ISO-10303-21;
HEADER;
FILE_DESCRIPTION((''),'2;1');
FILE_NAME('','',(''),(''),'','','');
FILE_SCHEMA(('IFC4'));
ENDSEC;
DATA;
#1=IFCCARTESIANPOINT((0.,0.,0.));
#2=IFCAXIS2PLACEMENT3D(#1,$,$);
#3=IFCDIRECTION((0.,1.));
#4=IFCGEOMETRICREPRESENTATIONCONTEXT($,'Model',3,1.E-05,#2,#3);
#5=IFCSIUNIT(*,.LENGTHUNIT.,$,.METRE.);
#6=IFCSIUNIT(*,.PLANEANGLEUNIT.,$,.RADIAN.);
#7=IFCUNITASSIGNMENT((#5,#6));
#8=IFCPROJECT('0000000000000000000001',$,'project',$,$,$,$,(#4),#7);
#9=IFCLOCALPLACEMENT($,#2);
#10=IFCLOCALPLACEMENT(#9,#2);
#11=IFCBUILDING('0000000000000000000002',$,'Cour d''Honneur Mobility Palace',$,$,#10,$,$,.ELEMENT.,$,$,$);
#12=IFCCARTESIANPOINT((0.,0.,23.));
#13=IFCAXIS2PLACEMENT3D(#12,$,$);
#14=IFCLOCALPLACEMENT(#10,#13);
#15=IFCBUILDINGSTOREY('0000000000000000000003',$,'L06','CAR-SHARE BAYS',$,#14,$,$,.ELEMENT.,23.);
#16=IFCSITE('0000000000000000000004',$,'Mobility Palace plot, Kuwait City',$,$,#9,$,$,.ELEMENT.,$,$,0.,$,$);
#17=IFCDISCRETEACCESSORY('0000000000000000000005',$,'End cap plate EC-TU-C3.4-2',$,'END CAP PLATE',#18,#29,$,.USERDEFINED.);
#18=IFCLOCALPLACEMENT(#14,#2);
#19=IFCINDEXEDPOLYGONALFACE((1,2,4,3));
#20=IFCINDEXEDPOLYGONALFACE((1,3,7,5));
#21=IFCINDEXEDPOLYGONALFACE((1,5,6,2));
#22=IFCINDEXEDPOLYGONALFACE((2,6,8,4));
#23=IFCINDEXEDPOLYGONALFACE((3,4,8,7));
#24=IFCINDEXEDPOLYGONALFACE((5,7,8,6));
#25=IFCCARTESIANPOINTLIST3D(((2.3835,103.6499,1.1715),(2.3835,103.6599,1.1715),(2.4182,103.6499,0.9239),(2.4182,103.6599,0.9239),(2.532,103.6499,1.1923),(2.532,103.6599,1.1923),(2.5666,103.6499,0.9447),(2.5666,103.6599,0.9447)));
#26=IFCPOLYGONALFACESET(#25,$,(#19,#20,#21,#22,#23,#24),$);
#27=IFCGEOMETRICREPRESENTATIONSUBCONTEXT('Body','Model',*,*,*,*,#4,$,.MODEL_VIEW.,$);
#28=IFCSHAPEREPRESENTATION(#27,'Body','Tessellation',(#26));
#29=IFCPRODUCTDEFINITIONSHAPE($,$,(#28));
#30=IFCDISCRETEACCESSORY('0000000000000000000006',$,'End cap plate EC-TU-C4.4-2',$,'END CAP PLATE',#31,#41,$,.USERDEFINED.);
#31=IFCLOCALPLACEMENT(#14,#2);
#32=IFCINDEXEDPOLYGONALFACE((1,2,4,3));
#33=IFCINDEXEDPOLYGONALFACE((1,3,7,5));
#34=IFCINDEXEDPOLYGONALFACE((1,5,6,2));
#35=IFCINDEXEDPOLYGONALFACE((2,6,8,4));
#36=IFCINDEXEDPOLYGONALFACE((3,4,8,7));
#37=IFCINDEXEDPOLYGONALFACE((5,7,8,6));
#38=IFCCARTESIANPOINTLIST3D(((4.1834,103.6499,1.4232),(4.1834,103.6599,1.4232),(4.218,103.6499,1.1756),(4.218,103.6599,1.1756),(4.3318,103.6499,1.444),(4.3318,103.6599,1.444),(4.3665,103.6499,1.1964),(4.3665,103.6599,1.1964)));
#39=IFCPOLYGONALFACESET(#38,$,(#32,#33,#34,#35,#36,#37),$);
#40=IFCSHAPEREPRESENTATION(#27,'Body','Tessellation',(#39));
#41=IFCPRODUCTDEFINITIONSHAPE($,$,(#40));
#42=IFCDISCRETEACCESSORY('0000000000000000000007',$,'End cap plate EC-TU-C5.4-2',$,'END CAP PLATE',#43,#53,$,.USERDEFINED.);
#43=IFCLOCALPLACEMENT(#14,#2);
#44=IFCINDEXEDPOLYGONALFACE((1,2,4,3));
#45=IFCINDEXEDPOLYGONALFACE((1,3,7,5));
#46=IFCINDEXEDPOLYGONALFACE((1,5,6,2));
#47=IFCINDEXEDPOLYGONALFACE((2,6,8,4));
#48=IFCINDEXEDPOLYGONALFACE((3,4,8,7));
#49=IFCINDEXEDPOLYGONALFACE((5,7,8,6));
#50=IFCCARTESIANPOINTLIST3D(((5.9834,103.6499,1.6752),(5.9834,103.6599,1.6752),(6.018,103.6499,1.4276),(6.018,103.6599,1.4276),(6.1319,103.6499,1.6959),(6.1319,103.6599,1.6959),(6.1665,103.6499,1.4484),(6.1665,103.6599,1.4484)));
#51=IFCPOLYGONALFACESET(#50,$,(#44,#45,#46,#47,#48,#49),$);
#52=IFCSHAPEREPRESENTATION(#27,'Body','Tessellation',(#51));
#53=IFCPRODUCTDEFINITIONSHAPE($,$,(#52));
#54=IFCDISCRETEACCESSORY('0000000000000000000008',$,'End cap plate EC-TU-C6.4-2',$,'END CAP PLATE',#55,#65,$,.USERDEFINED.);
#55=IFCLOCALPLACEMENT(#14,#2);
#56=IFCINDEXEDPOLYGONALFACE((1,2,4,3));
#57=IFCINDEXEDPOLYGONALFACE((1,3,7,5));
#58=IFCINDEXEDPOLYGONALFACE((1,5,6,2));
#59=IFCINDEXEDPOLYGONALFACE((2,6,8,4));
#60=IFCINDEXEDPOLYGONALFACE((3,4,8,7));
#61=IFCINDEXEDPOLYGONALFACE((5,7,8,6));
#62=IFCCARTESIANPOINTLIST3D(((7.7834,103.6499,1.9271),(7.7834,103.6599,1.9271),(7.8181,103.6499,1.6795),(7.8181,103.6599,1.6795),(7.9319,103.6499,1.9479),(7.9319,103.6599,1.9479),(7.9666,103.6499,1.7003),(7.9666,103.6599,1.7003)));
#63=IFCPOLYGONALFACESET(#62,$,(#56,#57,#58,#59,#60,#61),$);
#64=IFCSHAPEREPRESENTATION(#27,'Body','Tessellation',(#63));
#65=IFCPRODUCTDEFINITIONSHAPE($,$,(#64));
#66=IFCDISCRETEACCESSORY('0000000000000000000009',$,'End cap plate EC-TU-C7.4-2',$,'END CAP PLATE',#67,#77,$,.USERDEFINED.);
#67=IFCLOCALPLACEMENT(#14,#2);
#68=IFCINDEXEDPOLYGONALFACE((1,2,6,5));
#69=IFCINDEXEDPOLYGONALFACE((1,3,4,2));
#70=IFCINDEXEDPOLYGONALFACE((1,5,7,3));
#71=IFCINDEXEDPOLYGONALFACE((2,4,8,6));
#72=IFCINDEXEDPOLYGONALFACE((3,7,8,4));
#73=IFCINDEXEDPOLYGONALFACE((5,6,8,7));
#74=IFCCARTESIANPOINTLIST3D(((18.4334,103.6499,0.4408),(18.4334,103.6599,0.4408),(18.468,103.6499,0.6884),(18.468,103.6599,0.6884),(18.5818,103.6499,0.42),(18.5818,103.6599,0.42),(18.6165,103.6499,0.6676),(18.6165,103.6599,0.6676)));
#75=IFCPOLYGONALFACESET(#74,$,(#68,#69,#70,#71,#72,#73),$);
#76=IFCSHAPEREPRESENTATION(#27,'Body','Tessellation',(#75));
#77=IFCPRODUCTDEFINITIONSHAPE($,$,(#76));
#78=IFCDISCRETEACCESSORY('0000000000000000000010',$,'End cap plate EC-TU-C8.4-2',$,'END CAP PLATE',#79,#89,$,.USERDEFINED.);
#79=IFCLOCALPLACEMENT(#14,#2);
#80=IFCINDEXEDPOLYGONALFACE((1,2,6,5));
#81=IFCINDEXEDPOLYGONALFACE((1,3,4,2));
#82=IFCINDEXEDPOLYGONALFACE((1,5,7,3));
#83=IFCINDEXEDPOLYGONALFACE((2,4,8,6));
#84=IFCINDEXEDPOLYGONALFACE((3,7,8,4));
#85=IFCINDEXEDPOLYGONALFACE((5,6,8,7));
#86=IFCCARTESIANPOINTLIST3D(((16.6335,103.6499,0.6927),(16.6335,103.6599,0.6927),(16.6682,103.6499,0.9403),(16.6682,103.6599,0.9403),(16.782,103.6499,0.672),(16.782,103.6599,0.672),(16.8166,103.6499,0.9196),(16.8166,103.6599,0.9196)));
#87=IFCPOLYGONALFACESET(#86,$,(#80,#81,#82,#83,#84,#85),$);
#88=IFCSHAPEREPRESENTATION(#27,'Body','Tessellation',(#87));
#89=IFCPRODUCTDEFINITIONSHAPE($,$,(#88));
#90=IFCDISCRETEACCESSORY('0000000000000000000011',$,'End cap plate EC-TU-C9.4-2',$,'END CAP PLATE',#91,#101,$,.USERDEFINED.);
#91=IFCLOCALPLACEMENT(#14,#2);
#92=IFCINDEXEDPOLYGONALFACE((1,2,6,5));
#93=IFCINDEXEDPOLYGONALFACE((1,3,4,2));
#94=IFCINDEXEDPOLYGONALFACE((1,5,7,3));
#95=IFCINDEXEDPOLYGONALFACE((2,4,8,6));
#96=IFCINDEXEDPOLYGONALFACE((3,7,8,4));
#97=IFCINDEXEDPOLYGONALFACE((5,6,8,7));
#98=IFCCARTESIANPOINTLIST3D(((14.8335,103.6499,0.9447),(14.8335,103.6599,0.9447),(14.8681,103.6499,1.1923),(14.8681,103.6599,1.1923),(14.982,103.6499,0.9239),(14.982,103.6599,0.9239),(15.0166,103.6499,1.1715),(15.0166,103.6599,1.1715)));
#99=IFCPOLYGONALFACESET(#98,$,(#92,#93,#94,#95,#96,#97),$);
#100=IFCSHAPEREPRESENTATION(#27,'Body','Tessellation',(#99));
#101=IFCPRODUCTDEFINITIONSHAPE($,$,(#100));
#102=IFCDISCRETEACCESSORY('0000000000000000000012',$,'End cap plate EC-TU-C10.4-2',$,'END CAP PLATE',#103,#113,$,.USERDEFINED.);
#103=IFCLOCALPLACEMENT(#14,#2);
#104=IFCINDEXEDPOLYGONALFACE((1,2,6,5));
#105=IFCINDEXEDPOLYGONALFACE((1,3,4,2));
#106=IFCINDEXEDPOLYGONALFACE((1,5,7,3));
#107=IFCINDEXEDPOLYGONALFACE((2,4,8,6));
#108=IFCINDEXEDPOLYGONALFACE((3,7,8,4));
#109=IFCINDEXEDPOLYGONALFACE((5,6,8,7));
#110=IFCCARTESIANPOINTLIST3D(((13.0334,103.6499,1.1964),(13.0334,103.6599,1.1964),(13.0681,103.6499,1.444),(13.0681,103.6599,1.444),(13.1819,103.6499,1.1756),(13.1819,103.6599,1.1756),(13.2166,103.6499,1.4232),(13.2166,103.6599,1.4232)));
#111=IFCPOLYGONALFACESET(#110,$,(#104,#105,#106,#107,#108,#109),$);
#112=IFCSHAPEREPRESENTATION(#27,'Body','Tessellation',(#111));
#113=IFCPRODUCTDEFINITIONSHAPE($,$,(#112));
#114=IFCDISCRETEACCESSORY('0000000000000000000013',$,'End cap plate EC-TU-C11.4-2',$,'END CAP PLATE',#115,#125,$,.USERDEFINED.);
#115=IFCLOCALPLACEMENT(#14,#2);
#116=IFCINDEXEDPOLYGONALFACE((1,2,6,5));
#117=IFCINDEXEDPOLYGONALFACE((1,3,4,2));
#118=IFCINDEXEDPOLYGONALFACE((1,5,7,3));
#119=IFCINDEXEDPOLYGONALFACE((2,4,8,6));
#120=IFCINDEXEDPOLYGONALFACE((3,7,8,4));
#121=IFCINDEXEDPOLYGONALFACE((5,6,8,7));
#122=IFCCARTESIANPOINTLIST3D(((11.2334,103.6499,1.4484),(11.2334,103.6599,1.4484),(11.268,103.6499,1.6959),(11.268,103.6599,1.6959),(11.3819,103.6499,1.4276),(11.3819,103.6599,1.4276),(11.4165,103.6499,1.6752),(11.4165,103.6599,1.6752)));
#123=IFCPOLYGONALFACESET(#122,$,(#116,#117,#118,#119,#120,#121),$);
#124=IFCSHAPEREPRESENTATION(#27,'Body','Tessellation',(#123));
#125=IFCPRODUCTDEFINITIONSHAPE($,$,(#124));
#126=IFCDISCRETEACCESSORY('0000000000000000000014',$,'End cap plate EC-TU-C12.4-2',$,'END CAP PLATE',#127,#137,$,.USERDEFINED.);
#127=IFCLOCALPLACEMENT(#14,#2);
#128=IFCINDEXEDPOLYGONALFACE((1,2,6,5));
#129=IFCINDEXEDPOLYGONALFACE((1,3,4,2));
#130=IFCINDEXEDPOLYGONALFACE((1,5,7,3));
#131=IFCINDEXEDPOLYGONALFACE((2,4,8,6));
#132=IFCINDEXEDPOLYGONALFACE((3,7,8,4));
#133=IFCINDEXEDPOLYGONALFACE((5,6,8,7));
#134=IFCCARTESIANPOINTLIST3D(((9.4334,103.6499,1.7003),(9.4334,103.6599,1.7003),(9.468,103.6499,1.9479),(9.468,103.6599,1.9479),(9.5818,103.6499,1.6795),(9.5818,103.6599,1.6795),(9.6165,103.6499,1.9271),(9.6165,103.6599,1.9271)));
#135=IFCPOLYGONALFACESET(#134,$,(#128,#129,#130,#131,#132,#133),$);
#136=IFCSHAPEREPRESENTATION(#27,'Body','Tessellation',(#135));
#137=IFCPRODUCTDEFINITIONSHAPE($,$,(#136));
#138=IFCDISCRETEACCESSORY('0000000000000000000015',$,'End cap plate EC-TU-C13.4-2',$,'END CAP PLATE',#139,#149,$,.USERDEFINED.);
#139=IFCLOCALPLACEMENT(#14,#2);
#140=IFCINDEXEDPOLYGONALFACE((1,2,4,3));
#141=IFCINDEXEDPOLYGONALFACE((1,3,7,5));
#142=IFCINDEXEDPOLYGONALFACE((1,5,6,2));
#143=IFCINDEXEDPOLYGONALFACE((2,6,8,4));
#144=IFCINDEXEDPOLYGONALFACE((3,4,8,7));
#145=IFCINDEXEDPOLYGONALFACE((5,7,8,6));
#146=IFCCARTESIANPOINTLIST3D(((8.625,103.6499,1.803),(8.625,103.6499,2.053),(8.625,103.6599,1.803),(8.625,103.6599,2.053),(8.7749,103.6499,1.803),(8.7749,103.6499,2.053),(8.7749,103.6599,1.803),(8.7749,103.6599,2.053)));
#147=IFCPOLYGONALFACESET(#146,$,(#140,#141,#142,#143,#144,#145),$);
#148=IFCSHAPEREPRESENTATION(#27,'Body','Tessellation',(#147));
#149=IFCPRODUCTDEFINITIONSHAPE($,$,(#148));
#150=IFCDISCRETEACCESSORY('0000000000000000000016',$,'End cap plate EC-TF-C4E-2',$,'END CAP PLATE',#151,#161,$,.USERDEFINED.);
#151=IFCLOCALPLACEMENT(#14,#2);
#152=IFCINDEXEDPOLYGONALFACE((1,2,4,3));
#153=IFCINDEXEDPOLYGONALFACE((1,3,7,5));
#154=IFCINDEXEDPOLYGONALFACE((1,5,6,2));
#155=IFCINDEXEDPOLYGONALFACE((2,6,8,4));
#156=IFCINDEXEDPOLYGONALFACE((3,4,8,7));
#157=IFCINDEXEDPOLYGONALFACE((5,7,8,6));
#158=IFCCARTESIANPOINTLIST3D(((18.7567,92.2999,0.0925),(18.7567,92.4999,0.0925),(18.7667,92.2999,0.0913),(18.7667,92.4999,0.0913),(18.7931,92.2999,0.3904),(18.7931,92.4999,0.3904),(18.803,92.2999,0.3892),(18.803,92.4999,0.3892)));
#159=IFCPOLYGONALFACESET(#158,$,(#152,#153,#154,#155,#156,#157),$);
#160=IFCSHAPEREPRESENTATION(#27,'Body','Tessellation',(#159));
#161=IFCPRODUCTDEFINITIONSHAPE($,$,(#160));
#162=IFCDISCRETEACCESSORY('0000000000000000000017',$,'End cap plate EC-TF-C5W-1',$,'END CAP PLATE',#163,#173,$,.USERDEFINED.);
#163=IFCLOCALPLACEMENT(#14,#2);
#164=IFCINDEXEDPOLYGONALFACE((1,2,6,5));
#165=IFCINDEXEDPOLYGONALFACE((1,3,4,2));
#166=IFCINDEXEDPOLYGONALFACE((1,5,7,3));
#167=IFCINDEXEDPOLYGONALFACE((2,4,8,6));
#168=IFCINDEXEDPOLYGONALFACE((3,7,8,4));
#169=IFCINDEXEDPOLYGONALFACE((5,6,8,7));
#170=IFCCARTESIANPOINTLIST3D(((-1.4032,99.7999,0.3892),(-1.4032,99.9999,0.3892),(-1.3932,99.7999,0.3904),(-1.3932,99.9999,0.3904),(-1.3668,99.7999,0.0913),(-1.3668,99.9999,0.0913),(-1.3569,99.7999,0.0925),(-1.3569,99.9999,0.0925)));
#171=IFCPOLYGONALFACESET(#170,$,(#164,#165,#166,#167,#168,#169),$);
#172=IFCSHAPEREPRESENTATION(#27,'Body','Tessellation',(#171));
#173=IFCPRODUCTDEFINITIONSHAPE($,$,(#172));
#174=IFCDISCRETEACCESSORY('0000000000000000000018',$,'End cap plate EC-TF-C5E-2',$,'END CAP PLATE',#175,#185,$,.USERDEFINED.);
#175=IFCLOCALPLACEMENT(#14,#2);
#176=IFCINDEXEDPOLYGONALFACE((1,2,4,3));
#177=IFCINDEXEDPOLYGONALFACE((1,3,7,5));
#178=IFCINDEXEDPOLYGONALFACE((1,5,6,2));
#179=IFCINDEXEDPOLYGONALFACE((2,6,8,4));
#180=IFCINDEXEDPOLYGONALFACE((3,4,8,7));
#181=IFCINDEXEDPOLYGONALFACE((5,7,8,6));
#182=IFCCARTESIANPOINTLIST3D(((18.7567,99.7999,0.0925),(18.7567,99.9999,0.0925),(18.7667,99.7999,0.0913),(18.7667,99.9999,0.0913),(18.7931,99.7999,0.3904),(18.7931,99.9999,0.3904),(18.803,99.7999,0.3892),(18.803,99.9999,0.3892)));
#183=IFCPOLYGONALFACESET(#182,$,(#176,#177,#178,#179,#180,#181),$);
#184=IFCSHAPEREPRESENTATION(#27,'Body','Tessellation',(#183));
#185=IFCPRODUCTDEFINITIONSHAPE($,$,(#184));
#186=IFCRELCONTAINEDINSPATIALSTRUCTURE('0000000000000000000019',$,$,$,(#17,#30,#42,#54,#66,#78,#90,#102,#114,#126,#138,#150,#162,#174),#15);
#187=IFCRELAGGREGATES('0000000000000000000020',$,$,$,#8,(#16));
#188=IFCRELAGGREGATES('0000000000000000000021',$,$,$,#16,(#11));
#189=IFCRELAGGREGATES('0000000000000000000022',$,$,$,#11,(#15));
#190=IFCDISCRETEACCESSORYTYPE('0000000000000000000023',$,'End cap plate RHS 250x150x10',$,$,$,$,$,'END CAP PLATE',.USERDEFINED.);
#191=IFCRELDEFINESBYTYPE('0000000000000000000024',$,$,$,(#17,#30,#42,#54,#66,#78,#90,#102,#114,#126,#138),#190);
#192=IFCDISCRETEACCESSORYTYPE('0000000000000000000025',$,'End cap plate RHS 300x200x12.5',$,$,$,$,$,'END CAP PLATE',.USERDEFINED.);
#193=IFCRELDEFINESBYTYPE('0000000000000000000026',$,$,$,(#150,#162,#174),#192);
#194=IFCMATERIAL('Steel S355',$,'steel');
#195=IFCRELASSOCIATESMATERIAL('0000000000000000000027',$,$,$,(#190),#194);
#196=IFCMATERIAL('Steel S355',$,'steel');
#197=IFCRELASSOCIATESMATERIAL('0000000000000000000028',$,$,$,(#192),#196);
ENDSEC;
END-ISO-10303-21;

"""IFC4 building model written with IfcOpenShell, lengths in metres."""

from ifc_helpers import new_model, si_unit, direction, frame, origin, origin_2d, place, context, subcontext, project, spatial, rectangle, extrude, material, material_profile, profile_set, type_object, element, save


model = new_model("IFC4")

# Units and contexts
model_context = context("Model", 3, precision=1e-05, world=origin(), true_north=direction((0.0, 1.0)))
body_context = subcontext(model_context, "Body", "Model", "MODEL_VIEW")
ifc_project = project(units=[si_unit("LENGTHUNIT", "METRE"), si_unit("PLANEANGLEUNIT", "RADIAN")], contexts=[model_context])

# Site, building, storey
site_placement = place(None, origin())
site = spatial("IfcSite", under=ifc_project, at=site_placement, Name="Mobility Palace plot, Kuwait City", CompositionType="ELEMENT", RefElevation=0.0)
building_placement = place(site_placement, origin())
building = spatial("IfcBuilding", under=site, at=building_placement, Name="Cour d'Honneur Mobility Palace", CompositionType="ELEMENT")
storey_placement = place(building_placement, frame((0.0, 0.0, 23.0)))
storey = spatial("IfcBuildingStorey", under=building, at=storey_placement, Name="L06", Description="CAR-SHARE BAYS", CompositionType="ELEMENT", Elevation=23.0)

# Discrete accessories
ifc_material_1 = material(Name="Steel S355", Category="steel")
ifc_material_profile_1 = material_profile(ifc_material_1, rectangle(XDim=0.1499, YDim=0.25, at=origin_2d()), Name="PL 250x150x10")
ifc_profile_set_1 = profile_set([ifc_material_profile_1], Name="Steel S355")
discrete_accessory_type_1 = type_object("IfcDiscreteAccessoryType", Name="End cap plate RHS 250x150x10", ElementType="END CAP PLATE", PredefinedType="USERDEFINED", material=ifc_profile_set_1)
for number, where, z_axis, x_axis, name in (
    (1, (2.4751, 103.6499, 1.0581), (0.0, 1.0, 0.0), (-0.99035, 0.0, -0.138591), "End cap plate EC-TU-C3.4-2"),
    (2, (4.2749, 103.6499, 1.3098), (0.0, 1.0, 0.0), (-0.99035, 0.0, -0.138591), "End cap plate EC-TU-C4.4-2"),
    (3, (6.075, 103.6499, 1.5618), (0.0, 1.0, 0.0), (-0.99035, 0.0, -0.138591), "End cap plate EC-TU-C5.4-2"),
    (4, (7.875, 103.6499, 1.8137), (0.0, 1.0, 0.0), (-0.99035, 0.0, -0.138591), "End cap plate EC-TU-C6.4-2"),
    (5, (18.5249, 103.6499, 0.5542), (0.0, 1.0, 0.0), (-0.99035, 0.0, 0.138591), "End cap plate EC-TU-C7.4-2"),
    (6, (16.7251, 103.6499, 0.8062), (0.0, 1.0, 0.0), (-0.99035, 0.0, 0.138591), "End cap plate EC-TU-C8.4-2"),
    (7, (14.925, 103.6499, 1.0581), (0.0, 1.0, 0.0), (-0.99035, 0.0, 0.138591), "End cap plate EC-TU-C9.4-2"),
    (8, (13.125, 103.6499, 1.3098), (0.0, 1.0, 0.0), (-0.99035, 0.0, 0.138591), "End cap plate EC-TU-C10.4-2"),
    (9, (11.325, 103.6499, 1.5618), (0.0, 1.0, 0.0), (-0.99035, 0.0, 0.138591), "End cap plate EC-TU-C11.4-2"),
    (10, (9.5249, 103.6499, 1.8137), (0.0, 1.0, 0.0), (-0.99035, 0.0, 0.138591), "End cap plate EC-TU-C12.4-2"),
    (11, (8.7, 103.6499, 1.928), (0.0, 1.0, 0.0), (-1.0, 0.0, 0.0), "End cap plate EC-TU-C13.4-2"),
):
    element("IfcDiscreteAccessory", number, at=place(storey_placement, frame(where, z_axis=z_axis, x_axis=x_axis)), inside=storey, type_object=discrete_accessory_type_1, Name=name, ObjectType="END CAP PLATE", PredefinedType="USERDEFINED", context=body_context, shape_type="SweptSolid", body=[
        extrude(rectangle(XDim=0.1499, YDim=0.25, at=origin_2d()), origin(), (0.0, 0.0, 1.0), 0.01),
    ])
ifc_material_2 = material(Name="Steel S355", Category="steel")
ifc_material_profile_2 = material_profile(ifc_material_2, rectangle(XDim=0.2, YDim=0.3, at=origin_2d()), Name="PL 300x200x10")
ifc_profile_set_2 = profile_set([ifc_material_profile_2], Name="Steel S355")
discrete_accessory_type_2 = type_object("IfcDiscreteAccessoryType", Name="End cap plate RHS 300x200x12.5", ElementType="END CAP PLATE", PredefinedType="USERDEFINED", material=ifc_profile_set_2)
for number, where, z_axis, x_axis, name in (
    (12, (18.7749, 92.3999, 0.2415), (0.992646, 0.0, -0.121054), (0.0, 1.0, 0.0), "End cap plate EC-TF-C4E-2"),
    (13, (-1.385, 99.8999, 0.2402), (0.992646, 0.0, 0.121054), (0.0, 1.0, 0.0), "End cap plate EC-TF-C5W-1"),
    (14, (18.7749, 99.8999, 0.2415), (0.992646, 0.0, -0.121054), (0.0, 1.0, 0.0), "End cap plate EC-TF-C5E-2"),
):
    element("IfcDiscreteAccessory", number, at=place(storey_placement, frame(where, z_axis=z_axis, x_axis=x_axis)), inside=storey, type_object=discrete_accessory_type_2, Name=name, ObjectType="END CAP PLATE", PredefinedType="USERDEFINED", context=body_context, shape_type="SweptSolid", body=[
        extrude(rectangle(XDim=0.2, YDim=0.3, at=origin_2d()), origin(), (0.0, 0.0, 1.0), 0.01),
    ])

save(model, "model.ifc")
